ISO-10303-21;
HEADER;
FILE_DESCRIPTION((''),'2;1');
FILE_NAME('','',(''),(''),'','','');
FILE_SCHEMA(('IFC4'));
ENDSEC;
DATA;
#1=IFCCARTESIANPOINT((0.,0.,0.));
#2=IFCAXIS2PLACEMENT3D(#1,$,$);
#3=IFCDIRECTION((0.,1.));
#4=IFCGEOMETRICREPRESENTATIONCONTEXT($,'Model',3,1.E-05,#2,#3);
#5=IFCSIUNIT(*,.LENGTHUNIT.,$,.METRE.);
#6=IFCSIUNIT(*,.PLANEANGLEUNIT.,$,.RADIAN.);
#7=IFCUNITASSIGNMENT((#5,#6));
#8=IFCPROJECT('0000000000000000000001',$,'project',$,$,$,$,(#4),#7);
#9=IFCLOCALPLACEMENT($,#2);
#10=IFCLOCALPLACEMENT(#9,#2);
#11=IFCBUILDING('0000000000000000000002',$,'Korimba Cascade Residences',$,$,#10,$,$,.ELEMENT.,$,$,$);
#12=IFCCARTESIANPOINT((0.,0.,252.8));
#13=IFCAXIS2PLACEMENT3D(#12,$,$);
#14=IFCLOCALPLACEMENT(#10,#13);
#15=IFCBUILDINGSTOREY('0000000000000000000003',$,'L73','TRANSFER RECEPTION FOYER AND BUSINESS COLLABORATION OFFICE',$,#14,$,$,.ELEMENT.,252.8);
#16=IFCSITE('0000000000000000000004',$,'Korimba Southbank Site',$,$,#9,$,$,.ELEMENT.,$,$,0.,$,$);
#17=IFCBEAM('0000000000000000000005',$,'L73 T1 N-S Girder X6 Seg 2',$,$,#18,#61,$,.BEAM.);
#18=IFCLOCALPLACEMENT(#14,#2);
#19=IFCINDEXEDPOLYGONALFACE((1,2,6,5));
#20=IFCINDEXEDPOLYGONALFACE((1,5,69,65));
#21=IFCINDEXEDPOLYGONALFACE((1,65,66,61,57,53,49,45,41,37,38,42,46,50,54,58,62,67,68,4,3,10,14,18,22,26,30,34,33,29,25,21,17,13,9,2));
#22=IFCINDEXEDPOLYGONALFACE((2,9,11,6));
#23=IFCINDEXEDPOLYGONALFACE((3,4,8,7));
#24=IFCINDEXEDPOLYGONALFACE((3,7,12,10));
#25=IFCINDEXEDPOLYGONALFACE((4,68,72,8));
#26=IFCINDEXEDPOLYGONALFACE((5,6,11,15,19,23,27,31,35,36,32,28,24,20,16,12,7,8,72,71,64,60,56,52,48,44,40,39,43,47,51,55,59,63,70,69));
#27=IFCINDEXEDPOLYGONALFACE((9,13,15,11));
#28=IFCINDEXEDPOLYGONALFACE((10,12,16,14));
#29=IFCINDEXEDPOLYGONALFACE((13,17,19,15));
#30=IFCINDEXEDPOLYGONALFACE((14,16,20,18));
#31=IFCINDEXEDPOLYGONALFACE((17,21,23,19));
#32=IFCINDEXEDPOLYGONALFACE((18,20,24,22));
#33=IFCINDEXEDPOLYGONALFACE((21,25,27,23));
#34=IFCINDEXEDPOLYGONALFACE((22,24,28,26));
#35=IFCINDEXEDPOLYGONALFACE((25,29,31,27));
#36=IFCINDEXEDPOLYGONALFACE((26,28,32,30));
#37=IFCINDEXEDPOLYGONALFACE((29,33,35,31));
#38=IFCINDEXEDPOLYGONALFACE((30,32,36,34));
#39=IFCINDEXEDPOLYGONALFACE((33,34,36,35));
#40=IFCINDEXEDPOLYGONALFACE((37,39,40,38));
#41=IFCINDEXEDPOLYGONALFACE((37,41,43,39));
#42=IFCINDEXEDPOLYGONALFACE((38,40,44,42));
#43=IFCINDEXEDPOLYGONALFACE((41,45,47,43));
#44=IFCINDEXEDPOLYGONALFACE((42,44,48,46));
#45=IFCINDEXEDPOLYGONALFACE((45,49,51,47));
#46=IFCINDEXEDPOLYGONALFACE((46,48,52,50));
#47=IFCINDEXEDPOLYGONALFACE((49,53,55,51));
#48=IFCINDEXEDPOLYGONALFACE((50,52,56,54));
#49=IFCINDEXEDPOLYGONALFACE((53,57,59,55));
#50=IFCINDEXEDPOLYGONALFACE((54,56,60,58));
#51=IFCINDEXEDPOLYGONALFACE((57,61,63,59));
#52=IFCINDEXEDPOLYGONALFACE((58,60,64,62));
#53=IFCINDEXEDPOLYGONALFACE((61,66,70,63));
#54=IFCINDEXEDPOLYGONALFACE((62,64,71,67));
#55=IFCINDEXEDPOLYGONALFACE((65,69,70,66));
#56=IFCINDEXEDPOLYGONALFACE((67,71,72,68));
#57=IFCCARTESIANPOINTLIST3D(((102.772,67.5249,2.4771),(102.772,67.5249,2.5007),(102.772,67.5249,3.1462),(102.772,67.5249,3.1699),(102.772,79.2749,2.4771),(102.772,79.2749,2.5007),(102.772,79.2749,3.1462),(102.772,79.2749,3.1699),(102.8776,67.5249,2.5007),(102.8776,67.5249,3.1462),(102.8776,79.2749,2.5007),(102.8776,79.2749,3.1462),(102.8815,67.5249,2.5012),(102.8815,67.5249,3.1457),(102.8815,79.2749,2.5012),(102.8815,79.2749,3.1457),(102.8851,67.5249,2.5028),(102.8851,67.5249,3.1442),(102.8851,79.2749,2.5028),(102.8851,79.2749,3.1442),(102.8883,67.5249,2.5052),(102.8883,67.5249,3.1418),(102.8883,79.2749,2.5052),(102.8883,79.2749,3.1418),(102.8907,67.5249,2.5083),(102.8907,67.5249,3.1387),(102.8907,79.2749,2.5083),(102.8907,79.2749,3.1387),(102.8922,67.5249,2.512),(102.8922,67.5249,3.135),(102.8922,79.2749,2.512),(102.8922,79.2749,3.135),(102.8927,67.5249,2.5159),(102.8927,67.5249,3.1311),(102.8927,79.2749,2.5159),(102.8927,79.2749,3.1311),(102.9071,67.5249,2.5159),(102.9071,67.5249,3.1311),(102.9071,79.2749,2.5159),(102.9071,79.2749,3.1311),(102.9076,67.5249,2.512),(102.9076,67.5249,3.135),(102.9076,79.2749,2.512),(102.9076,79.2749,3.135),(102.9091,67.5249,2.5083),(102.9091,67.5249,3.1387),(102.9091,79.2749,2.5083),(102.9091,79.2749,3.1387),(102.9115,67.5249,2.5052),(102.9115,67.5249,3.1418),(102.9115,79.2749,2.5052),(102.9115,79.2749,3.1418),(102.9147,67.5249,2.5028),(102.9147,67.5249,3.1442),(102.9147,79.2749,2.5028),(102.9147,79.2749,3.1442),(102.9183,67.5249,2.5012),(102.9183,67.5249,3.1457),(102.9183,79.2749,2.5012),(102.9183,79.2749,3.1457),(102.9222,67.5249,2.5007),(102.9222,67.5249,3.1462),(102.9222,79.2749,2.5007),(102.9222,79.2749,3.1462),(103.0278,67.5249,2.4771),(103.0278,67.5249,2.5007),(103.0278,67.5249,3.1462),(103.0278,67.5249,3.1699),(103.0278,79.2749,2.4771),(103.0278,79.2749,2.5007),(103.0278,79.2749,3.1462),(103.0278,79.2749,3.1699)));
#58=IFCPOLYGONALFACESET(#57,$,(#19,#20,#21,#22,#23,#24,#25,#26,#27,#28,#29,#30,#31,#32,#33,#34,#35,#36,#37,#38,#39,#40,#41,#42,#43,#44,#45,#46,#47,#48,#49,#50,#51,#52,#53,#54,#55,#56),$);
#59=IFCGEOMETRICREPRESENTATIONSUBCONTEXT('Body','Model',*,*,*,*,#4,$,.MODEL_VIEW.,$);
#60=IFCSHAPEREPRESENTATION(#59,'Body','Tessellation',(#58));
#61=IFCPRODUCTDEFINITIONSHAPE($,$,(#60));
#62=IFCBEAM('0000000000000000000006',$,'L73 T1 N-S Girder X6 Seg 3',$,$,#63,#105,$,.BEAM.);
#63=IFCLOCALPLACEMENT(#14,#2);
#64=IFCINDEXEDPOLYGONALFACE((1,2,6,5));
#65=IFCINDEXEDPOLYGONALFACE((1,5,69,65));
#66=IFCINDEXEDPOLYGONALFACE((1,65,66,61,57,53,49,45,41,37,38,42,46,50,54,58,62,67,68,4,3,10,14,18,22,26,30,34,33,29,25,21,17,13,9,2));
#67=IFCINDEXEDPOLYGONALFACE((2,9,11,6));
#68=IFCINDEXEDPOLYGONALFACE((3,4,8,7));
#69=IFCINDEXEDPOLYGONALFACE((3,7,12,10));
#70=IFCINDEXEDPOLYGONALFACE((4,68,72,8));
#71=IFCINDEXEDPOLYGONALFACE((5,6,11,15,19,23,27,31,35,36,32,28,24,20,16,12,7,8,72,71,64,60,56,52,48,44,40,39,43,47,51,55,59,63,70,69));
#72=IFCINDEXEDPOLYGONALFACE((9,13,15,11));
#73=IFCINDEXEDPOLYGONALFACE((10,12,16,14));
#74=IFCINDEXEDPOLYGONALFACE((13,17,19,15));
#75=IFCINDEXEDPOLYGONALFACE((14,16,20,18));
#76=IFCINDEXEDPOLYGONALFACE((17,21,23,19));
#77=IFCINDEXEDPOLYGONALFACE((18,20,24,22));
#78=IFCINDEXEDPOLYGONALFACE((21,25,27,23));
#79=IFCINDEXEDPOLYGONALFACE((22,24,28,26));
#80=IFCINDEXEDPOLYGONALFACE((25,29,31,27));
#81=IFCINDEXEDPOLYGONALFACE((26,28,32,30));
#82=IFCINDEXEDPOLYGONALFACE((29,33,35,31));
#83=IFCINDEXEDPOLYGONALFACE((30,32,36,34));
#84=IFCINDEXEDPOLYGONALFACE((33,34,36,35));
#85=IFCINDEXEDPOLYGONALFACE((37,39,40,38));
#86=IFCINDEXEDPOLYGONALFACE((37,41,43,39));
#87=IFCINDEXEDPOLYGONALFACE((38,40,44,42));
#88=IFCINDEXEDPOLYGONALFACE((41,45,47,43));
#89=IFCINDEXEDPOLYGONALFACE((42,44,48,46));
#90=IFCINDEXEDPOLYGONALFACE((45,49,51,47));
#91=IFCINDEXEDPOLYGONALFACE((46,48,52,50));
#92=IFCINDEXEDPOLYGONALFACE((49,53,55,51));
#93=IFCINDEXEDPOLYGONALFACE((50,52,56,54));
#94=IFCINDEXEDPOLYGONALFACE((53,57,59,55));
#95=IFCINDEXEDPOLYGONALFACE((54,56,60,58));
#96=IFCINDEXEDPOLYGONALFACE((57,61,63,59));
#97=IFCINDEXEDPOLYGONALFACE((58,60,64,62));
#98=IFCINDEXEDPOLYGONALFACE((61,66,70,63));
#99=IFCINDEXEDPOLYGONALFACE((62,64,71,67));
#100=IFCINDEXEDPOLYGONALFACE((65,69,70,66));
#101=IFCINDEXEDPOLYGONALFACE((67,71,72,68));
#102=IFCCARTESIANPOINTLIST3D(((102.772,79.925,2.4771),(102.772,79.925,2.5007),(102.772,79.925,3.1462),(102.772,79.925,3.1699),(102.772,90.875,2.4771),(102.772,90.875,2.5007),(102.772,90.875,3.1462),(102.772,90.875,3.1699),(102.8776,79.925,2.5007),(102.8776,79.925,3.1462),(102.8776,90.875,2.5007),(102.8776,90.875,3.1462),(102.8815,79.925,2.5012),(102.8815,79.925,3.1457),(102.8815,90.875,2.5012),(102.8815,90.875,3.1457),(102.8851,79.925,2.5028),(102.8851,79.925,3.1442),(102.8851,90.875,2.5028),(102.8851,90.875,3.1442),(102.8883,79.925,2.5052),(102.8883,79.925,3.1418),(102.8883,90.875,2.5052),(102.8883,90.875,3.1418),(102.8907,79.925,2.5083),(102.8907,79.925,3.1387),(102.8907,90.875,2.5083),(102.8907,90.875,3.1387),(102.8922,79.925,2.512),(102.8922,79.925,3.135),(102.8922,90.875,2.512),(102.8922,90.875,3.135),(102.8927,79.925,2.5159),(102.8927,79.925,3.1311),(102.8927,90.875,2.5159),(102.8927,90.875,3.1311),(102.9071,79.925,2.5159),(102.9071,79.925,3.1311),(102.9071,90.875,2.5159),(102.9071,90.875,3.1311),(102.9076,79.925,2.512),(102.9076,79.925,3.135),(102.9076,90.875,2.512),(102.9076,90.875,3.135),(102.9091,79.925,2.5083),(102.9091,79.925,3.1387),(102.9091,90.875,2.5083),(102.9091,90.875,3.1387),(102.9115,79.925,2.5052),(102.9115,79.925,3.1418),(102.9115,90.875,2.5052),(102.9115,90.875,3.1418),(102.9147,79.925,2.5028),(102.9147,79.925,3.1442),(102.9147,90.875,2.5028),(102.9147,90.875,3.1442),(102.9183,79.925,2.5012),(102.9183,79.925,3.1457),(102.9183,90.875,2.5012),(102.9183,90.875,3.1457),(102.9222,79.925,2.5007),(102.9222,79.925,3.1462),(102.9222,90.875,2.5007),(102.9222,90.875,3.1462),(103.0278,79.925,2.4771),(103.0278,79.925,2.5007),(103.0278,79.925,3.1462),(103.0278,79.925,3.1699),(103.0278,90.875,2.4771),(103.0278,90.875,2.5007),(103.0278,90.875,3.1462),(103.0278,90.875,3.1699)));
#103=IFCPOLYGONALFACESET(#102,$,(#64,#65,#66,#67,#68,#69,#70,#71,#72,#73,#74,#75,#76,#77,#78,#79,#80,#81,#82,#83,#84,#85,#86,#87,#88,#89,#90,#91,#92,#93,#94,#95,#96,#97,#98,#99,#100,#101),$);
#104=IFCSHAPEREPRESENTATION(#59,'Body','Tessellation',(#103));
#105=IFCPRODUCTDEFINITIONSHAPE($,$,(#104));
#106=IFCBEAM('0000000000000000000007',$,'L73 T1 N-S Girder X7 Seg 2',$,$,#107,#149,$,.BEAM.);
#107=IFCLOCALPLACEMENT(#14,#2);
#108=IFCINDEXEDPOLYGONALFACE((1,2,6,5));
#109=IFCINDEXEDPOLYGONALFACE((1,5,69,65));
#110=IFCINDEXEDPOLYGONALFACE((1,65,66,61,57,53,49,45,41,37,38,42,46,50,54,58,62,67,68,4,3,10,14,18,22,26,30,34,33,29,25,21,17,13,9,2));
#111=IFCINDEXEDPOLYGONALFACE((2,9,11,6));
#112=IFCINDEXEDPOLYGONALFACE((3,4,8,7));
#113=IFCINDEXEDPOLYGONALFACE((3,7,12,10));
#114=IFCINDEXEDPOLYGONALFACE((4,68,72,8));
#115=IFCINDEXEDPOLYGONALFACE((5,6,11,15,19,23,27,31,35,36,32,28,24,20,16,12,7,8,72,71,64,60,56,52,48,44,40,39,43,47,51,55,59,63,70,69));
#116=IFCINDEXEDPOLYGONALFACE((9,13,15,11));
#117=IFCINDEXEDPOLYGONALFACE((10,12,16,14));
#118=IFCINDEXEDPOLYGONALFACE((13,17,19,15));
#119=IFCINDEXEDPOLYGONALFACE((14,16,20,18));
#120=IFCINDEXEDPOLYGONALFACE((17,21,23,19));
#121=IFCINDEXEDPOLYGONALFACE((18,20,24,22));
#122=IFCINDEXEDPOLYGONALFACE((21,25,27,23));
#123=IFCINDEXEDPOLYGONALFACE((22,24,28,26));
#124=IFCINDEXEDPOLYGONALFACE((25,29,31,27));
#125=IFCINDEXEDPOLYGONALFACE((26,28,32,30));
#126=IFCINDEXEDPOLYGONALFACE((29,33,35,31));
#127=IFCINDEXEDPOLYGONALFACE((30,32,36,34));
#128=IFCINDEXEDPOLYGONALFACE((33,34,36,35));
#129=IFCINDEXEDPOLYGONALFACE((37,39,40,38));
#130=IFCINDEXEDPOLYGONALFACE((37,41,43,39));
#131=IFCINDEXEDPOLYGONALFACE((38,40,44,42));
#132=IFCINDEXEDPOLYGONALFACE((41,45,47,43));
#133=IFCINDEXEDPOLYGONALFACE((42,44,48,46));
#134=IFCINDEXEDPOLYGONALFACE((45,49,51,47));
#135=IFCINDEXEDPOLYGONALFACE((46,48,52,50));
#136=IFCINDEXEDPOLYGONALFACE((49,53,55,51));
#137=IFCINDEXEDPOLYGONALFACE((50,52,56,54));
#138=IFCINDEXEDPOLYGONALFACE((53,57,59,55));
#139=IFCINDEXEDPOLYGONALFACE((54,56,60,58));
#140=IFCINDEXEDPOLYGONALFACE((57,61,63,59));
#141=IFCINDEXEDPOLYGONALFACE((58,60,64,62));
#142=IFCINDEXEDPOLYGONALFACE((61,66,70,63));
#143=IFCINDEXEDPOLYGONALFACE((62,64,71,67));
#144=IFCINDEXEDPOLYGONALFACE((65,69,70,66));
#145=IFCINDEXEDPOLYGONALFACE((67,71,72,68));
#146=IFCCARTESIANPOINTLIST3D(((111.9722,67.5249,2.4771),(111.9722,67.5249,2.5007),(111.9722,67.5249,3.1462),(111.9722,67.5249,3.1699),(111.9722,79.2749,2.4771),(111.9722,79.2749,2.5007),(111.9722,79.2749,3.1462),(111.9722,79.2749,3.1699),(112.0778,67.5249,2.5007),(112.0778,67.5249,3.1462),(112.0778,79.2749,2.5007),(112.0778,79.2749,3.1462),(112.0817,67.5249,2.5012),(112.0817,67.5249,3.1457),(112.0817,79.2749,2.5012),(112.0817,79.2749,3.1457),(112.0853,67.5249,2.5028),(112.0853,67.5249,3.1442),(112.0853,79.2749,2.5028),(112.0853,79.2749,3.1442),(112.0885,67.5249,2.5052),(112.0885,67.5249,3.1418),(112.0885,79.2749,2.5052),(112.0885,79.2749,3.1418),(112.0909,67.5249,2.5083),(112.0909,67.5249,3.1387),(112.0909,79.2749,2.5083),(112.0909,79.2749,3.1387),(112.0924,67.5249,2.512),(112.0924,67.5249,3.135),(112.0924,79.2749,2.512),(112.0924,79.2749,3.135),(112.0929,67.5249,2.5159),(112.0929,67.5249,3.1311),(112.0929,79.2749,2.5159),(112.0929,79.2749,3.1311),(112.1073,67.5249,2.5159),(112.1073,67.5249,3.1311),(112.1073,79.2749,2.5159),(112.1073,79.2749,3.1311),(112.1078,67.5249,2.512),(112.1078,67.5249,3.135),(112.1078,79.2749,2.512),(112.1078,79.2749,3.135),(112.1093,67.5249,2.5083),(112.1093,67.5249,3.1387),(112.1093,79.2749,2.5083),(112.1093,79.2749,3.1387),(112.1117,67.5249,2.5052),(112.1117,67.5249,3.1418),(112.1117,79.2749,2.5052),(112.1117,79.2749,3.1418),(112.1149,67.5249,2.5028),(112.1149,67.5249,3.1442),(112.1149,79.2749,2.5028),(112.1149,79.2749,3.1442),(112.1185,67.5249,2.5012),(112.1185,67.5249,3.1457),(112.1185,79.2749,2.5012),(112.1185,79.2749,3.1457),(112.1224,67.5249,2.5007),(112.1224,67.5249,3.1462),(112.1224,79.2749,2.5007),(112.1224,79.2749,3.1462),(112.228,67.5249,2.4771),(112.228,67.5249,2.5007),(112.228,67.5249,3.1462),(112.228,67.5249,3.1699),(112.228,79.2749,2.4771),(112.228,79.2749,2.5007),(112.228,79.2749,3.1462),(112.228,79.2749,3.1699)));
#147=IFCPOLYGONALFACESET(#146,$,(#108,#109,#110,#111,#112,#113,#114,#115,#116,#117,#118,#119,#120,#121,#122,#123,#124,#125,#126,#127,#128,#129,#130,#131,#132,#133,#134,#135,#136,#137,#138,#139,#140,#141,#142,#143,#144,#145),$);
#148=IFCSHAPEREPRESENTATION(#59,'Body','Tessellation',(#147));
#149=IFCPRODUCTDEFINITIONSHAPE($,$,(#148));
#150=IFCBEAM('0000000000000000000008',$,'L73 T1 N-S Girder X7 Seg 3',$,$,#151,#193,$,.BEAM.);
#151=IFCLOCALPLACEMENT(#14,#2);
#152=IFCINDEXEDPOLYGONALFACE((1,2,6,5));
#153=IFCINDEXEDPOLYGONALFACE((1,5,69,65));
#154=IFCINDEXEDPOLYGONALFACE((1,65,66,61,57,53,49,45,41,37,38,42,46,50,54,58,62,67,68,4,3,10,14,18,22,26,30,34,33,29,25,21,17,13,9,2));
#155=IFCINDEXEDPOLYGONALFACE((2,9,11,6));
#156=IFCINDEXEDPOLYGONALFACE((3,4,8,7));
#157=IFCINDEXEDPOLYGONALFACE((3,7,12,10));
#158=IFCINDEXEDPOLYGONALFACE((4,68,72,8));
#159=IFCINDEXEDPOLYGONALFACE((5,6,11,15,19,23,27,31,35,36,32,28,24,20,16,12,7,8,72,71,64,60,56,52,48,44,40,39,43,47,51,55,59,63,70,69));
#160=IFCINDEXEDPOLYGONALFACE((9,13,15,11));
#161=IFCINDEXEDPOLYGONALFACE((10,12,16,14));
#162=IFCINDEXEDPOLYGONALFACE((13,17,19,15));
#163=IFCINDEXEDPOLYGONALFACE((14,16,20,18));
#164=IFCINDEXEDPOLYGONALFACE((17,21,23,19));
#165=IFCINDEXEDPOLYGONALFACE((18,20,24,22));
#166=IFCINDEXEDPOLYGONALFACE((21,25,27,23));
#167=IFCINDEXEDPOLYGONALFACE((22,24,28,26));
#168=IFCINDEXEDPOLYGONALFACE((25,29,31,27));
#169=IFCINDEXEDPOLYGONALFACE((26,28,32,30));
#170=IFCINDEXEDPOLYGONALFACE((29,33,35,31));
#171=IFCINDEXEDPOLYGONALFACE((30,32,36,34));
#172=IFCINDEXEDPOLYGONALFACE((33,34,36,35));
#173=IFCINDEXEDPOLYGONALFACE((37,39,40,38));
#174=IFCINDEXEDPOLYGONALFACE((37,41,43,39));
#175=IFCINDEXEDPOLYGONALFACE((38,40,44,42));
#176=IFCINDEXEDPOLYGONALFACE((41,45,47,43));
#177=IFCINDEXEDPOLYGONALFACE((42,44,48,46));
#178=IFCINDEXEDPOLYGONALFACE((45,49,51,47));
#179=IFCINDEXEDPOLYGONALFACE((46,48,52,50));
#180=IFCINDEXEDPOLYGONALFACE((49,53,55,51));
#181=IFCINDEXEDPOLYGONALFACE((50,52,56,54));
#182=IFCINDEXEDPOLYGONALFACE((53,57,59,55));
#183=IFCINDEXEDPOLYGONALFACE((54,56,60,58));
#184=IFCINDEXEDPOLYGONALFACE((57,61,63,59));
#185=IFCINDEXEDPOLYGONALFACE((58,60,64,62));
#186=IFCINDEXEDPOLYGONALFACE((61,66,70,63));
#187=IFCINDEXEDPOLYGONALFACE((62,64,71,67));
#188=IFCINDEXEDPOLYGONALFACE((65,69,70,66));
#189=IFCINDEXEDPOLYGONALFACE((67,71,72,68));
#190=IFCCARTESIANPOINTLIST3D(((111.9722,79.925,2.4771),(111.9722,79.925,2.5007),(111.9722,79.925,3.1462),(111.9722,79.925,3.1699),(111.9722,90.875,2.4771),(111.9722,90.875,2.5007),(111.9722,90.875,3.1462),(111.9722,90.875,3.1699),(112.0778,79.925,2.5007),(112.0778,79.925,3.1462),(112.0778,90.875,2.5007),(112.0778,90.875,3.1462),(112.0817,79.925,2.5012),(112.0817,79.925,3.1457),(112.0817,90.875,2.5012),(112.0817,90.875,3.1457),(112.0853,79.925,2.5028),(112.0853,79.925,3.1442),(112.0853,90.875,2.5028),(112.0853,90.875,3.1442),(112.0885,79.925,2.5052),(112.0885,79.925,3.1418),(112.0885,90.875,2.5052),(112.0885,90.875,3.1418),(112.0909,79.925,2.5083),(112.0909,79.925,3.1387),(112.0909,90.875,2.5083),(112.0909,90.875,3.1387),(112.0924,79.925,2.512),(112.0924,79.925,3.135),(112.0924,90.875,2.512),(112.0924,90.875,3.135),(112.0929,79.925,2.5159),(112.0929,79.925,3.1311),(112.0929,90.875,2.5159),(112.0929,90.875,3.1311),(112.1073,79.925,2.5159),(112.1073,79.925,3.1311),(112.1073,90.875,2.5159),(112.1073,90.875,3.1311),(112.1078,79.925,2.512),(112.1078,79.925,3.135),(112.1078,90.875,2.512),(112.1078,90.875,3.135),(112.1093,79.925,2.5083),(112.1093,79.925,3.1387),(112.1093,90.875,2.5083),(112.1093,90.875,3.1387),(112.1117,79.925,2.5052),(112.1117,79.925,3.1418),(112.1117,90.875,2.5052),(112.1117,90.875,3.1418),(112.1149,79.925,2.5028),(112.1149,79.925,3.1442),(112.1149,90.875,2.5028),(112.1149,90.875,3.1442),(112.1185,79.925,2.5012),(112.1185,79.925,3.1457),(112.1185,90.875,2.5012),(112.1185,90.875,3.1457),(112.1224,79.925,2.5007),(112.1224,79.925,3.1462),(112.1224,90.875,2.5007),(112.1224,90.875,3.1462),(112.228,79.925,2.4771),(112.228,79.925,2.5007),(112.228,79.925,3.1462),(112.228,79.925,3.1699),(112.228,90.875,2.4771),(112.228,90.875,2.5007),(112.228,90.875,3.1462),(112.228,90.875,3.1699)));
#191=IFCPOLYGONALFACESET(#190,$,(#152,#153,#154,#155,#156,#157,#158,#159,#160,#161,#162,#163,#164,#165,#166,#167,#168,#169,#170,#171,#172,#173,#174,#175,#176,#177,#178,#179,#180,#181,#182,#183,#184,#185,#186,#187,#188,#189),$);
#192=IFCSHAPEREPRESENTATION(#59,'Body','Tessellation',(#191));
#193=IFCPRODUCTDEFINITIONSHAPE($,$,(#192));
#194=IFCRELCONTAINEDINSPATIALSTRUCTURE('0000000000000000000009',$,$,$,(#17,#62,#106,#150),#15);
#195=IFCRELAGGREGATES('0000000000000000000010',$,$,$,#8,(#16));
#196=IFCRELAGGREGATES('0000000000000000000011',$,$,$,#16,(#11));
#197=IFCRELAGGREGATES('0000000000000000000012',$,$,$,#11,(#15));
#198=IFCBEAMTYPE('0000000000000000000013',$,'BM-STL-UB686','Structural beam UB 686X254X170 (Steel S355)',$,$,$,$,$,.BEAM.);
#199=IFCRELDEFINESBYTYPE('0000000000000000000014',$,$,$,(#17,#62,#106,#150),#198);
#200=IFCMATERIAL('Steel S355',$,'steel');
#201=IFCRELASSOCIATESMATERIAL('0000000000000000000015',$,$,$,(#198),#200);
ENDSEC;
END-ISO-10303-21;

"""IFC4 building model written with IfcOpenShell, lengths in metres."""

from ifc_helpers import new_model, si_unit, direction, frame, origin, origin_2d, place, context, subcontext, project, spatial, i_section, extrude, material, material_profile, profile_set, type_object, element, save


model = new_model("IFC4")

# Units and contexts
model_context = context("Model", 3, precision=1e-05, world=origin(), true_north=direction((0.0, 1.0)))
body_context = subcontext(model_context, "Body", "Model", "MODEL_VIEW")
ifc_project = project(units=[si_unit("LENGTHUNIT", "METRE"), si_unit("PLANEANGLEUNIT", "RADIAN")], contexts=[model_context])

# Site, building, storey
site_placement = place(None, origin())
site = spatial("IfcSite", under=ifc_project, at=site_placement, Name="Korimba Southbank Site", CompositionType="ELEMENT", RefElevation=0.0)
building_placement = place(site_placement, origin())
building = spatial("IfcBuilding", under=site, at=building_placement, Name="Korimba Cascade Residences", CompositionType="ELEMENT")
storey_placement = place(building_placement, frame((0.0, 0.0, 252.8)))
storey = spatial("IfcBuildingStorey", under=building, at=storey_placement, Name="L73", Description="TRANSFER RECEPTION FOYER AND BUSINESS COLLABORATION OFFICE", CompositionType="ELEMENT", Elevation=252.8)

# Beams
ifc_material_1 = material(Name="Steel S355", Category="steel")
ifc_material_profile_1 = material_profile(ifc_material_1, i_section(OverallWidth=0.2559, OverallDepth=0.6929, WebThickness=0.0144, FlangeThickness=0.0237, FilletRadius=0.0151, at=origin_2d()), Name="Steel S355")
ifc_profile_set_1 = profile_set([ifc_material_profile_1], Name="Steel S355")
beam_type_1 = type_object("IfcBeamType", Name="BM-STL-UB686", Description="Structural beam UB 686X254X170 (Steel S355)", PredefinedType="BEAM", material=ifc_profile_set_1)
beam_1_placement = place(storey_placement, frame((102.8999, 67.5249, 2.8235), z_axis=(0.0, 1.0, 0.0), x_axis=(-1.0, 0.0, 0.0)))
element("IfcBeam", 1, at=beam_1_placement, inside=storey, type_object=beam_type_1, Name="L73 T1 N-S Girder X6 Seg 2", PredefinedType="BEAM", context=body_context, shape_type="SweptSolid", body=[
    extrude(i_section(OverallWidth=0.2559, OverallDepth=0.6929, WebThickness=0.0144, FlangeThickness=0.0237, FilletRadius=0.0151, at=origin_2d()), origin(), (0.0, 0.0, 1.0), 11.75),
])
beam_2_placement = place(storey_placement, frame((102.8999, 79.925, 2.8235), z_axis=(0.0, 1.0, 0.0), x_axis=(-1.0, 0.0, 0.0)))
element("IfcBeam", 2, at=beam_2_placement, inside=storey, type_object=beam_type_1, Name="L73 T1 N-S Girder X6 Seg 3", PredefinedType="BEAM", context=body_context, shape_type="SweptSolid", body=[
    extrude(i_section(OverallWidth=0.2559, OverallDepth=0.6929, WebThickness=0.0144, FlangeThickness=0.0237, FilletRadius=0.0151, at=origin_2d()), origin(), (0.0, 0.0, 1.0), 10.95),
])
beam_3_placement = place(storey_placement, frame((112.1001, 67.5249, 2.8235), z_axis=(0.0, 1.0, 0.0), x_axis=(-1.0, 0.0, 0.0)))
element("IfcBeam", 3, at=beam_3_placement, inside=storey, type_object=beam_type_1, Name="L73 T1 N-S Girder X7 Seg 2", PredefinedType="BEAM", context=body_context, shape_type="SweptSolid", body=[
    extrude(i_section(OverallWidth=0.2559, OverallDepth=0.6929, WebThickness=0.0144, FlangeThickness=0.0237, FilletRadius=0.0151, at=origin_2d()), origin(), (0.0, 0.0, 1.0), 11.75),
])
beam_4_placement = place(storey_placement, frame((112.1001, 79.925, 2.8235), z_axis=(0.0, 1.0, 0.0), x_axis=(-1.0, 0.0, 0.0)))
element("IfcBeam", 4, at=beam_4_placement, inside=storey, type_object=beam_type_1, Name="L73 T1 N-S Girder X7 Seg 3", PredefinedType="BEAM", context=body_context, shape_type="SweptSolid", body=[
    extrude(i_section(OverallWidth=0.2559, OverallDepth=0.6929, WebThickness=0.0144, FlangeThickness=0.0237, FilletRadius=0.0151, at=origin_2d()), origin(), (0.0, 0.0, 1.0), 10.95),
])

save(model, "model.ifc")
